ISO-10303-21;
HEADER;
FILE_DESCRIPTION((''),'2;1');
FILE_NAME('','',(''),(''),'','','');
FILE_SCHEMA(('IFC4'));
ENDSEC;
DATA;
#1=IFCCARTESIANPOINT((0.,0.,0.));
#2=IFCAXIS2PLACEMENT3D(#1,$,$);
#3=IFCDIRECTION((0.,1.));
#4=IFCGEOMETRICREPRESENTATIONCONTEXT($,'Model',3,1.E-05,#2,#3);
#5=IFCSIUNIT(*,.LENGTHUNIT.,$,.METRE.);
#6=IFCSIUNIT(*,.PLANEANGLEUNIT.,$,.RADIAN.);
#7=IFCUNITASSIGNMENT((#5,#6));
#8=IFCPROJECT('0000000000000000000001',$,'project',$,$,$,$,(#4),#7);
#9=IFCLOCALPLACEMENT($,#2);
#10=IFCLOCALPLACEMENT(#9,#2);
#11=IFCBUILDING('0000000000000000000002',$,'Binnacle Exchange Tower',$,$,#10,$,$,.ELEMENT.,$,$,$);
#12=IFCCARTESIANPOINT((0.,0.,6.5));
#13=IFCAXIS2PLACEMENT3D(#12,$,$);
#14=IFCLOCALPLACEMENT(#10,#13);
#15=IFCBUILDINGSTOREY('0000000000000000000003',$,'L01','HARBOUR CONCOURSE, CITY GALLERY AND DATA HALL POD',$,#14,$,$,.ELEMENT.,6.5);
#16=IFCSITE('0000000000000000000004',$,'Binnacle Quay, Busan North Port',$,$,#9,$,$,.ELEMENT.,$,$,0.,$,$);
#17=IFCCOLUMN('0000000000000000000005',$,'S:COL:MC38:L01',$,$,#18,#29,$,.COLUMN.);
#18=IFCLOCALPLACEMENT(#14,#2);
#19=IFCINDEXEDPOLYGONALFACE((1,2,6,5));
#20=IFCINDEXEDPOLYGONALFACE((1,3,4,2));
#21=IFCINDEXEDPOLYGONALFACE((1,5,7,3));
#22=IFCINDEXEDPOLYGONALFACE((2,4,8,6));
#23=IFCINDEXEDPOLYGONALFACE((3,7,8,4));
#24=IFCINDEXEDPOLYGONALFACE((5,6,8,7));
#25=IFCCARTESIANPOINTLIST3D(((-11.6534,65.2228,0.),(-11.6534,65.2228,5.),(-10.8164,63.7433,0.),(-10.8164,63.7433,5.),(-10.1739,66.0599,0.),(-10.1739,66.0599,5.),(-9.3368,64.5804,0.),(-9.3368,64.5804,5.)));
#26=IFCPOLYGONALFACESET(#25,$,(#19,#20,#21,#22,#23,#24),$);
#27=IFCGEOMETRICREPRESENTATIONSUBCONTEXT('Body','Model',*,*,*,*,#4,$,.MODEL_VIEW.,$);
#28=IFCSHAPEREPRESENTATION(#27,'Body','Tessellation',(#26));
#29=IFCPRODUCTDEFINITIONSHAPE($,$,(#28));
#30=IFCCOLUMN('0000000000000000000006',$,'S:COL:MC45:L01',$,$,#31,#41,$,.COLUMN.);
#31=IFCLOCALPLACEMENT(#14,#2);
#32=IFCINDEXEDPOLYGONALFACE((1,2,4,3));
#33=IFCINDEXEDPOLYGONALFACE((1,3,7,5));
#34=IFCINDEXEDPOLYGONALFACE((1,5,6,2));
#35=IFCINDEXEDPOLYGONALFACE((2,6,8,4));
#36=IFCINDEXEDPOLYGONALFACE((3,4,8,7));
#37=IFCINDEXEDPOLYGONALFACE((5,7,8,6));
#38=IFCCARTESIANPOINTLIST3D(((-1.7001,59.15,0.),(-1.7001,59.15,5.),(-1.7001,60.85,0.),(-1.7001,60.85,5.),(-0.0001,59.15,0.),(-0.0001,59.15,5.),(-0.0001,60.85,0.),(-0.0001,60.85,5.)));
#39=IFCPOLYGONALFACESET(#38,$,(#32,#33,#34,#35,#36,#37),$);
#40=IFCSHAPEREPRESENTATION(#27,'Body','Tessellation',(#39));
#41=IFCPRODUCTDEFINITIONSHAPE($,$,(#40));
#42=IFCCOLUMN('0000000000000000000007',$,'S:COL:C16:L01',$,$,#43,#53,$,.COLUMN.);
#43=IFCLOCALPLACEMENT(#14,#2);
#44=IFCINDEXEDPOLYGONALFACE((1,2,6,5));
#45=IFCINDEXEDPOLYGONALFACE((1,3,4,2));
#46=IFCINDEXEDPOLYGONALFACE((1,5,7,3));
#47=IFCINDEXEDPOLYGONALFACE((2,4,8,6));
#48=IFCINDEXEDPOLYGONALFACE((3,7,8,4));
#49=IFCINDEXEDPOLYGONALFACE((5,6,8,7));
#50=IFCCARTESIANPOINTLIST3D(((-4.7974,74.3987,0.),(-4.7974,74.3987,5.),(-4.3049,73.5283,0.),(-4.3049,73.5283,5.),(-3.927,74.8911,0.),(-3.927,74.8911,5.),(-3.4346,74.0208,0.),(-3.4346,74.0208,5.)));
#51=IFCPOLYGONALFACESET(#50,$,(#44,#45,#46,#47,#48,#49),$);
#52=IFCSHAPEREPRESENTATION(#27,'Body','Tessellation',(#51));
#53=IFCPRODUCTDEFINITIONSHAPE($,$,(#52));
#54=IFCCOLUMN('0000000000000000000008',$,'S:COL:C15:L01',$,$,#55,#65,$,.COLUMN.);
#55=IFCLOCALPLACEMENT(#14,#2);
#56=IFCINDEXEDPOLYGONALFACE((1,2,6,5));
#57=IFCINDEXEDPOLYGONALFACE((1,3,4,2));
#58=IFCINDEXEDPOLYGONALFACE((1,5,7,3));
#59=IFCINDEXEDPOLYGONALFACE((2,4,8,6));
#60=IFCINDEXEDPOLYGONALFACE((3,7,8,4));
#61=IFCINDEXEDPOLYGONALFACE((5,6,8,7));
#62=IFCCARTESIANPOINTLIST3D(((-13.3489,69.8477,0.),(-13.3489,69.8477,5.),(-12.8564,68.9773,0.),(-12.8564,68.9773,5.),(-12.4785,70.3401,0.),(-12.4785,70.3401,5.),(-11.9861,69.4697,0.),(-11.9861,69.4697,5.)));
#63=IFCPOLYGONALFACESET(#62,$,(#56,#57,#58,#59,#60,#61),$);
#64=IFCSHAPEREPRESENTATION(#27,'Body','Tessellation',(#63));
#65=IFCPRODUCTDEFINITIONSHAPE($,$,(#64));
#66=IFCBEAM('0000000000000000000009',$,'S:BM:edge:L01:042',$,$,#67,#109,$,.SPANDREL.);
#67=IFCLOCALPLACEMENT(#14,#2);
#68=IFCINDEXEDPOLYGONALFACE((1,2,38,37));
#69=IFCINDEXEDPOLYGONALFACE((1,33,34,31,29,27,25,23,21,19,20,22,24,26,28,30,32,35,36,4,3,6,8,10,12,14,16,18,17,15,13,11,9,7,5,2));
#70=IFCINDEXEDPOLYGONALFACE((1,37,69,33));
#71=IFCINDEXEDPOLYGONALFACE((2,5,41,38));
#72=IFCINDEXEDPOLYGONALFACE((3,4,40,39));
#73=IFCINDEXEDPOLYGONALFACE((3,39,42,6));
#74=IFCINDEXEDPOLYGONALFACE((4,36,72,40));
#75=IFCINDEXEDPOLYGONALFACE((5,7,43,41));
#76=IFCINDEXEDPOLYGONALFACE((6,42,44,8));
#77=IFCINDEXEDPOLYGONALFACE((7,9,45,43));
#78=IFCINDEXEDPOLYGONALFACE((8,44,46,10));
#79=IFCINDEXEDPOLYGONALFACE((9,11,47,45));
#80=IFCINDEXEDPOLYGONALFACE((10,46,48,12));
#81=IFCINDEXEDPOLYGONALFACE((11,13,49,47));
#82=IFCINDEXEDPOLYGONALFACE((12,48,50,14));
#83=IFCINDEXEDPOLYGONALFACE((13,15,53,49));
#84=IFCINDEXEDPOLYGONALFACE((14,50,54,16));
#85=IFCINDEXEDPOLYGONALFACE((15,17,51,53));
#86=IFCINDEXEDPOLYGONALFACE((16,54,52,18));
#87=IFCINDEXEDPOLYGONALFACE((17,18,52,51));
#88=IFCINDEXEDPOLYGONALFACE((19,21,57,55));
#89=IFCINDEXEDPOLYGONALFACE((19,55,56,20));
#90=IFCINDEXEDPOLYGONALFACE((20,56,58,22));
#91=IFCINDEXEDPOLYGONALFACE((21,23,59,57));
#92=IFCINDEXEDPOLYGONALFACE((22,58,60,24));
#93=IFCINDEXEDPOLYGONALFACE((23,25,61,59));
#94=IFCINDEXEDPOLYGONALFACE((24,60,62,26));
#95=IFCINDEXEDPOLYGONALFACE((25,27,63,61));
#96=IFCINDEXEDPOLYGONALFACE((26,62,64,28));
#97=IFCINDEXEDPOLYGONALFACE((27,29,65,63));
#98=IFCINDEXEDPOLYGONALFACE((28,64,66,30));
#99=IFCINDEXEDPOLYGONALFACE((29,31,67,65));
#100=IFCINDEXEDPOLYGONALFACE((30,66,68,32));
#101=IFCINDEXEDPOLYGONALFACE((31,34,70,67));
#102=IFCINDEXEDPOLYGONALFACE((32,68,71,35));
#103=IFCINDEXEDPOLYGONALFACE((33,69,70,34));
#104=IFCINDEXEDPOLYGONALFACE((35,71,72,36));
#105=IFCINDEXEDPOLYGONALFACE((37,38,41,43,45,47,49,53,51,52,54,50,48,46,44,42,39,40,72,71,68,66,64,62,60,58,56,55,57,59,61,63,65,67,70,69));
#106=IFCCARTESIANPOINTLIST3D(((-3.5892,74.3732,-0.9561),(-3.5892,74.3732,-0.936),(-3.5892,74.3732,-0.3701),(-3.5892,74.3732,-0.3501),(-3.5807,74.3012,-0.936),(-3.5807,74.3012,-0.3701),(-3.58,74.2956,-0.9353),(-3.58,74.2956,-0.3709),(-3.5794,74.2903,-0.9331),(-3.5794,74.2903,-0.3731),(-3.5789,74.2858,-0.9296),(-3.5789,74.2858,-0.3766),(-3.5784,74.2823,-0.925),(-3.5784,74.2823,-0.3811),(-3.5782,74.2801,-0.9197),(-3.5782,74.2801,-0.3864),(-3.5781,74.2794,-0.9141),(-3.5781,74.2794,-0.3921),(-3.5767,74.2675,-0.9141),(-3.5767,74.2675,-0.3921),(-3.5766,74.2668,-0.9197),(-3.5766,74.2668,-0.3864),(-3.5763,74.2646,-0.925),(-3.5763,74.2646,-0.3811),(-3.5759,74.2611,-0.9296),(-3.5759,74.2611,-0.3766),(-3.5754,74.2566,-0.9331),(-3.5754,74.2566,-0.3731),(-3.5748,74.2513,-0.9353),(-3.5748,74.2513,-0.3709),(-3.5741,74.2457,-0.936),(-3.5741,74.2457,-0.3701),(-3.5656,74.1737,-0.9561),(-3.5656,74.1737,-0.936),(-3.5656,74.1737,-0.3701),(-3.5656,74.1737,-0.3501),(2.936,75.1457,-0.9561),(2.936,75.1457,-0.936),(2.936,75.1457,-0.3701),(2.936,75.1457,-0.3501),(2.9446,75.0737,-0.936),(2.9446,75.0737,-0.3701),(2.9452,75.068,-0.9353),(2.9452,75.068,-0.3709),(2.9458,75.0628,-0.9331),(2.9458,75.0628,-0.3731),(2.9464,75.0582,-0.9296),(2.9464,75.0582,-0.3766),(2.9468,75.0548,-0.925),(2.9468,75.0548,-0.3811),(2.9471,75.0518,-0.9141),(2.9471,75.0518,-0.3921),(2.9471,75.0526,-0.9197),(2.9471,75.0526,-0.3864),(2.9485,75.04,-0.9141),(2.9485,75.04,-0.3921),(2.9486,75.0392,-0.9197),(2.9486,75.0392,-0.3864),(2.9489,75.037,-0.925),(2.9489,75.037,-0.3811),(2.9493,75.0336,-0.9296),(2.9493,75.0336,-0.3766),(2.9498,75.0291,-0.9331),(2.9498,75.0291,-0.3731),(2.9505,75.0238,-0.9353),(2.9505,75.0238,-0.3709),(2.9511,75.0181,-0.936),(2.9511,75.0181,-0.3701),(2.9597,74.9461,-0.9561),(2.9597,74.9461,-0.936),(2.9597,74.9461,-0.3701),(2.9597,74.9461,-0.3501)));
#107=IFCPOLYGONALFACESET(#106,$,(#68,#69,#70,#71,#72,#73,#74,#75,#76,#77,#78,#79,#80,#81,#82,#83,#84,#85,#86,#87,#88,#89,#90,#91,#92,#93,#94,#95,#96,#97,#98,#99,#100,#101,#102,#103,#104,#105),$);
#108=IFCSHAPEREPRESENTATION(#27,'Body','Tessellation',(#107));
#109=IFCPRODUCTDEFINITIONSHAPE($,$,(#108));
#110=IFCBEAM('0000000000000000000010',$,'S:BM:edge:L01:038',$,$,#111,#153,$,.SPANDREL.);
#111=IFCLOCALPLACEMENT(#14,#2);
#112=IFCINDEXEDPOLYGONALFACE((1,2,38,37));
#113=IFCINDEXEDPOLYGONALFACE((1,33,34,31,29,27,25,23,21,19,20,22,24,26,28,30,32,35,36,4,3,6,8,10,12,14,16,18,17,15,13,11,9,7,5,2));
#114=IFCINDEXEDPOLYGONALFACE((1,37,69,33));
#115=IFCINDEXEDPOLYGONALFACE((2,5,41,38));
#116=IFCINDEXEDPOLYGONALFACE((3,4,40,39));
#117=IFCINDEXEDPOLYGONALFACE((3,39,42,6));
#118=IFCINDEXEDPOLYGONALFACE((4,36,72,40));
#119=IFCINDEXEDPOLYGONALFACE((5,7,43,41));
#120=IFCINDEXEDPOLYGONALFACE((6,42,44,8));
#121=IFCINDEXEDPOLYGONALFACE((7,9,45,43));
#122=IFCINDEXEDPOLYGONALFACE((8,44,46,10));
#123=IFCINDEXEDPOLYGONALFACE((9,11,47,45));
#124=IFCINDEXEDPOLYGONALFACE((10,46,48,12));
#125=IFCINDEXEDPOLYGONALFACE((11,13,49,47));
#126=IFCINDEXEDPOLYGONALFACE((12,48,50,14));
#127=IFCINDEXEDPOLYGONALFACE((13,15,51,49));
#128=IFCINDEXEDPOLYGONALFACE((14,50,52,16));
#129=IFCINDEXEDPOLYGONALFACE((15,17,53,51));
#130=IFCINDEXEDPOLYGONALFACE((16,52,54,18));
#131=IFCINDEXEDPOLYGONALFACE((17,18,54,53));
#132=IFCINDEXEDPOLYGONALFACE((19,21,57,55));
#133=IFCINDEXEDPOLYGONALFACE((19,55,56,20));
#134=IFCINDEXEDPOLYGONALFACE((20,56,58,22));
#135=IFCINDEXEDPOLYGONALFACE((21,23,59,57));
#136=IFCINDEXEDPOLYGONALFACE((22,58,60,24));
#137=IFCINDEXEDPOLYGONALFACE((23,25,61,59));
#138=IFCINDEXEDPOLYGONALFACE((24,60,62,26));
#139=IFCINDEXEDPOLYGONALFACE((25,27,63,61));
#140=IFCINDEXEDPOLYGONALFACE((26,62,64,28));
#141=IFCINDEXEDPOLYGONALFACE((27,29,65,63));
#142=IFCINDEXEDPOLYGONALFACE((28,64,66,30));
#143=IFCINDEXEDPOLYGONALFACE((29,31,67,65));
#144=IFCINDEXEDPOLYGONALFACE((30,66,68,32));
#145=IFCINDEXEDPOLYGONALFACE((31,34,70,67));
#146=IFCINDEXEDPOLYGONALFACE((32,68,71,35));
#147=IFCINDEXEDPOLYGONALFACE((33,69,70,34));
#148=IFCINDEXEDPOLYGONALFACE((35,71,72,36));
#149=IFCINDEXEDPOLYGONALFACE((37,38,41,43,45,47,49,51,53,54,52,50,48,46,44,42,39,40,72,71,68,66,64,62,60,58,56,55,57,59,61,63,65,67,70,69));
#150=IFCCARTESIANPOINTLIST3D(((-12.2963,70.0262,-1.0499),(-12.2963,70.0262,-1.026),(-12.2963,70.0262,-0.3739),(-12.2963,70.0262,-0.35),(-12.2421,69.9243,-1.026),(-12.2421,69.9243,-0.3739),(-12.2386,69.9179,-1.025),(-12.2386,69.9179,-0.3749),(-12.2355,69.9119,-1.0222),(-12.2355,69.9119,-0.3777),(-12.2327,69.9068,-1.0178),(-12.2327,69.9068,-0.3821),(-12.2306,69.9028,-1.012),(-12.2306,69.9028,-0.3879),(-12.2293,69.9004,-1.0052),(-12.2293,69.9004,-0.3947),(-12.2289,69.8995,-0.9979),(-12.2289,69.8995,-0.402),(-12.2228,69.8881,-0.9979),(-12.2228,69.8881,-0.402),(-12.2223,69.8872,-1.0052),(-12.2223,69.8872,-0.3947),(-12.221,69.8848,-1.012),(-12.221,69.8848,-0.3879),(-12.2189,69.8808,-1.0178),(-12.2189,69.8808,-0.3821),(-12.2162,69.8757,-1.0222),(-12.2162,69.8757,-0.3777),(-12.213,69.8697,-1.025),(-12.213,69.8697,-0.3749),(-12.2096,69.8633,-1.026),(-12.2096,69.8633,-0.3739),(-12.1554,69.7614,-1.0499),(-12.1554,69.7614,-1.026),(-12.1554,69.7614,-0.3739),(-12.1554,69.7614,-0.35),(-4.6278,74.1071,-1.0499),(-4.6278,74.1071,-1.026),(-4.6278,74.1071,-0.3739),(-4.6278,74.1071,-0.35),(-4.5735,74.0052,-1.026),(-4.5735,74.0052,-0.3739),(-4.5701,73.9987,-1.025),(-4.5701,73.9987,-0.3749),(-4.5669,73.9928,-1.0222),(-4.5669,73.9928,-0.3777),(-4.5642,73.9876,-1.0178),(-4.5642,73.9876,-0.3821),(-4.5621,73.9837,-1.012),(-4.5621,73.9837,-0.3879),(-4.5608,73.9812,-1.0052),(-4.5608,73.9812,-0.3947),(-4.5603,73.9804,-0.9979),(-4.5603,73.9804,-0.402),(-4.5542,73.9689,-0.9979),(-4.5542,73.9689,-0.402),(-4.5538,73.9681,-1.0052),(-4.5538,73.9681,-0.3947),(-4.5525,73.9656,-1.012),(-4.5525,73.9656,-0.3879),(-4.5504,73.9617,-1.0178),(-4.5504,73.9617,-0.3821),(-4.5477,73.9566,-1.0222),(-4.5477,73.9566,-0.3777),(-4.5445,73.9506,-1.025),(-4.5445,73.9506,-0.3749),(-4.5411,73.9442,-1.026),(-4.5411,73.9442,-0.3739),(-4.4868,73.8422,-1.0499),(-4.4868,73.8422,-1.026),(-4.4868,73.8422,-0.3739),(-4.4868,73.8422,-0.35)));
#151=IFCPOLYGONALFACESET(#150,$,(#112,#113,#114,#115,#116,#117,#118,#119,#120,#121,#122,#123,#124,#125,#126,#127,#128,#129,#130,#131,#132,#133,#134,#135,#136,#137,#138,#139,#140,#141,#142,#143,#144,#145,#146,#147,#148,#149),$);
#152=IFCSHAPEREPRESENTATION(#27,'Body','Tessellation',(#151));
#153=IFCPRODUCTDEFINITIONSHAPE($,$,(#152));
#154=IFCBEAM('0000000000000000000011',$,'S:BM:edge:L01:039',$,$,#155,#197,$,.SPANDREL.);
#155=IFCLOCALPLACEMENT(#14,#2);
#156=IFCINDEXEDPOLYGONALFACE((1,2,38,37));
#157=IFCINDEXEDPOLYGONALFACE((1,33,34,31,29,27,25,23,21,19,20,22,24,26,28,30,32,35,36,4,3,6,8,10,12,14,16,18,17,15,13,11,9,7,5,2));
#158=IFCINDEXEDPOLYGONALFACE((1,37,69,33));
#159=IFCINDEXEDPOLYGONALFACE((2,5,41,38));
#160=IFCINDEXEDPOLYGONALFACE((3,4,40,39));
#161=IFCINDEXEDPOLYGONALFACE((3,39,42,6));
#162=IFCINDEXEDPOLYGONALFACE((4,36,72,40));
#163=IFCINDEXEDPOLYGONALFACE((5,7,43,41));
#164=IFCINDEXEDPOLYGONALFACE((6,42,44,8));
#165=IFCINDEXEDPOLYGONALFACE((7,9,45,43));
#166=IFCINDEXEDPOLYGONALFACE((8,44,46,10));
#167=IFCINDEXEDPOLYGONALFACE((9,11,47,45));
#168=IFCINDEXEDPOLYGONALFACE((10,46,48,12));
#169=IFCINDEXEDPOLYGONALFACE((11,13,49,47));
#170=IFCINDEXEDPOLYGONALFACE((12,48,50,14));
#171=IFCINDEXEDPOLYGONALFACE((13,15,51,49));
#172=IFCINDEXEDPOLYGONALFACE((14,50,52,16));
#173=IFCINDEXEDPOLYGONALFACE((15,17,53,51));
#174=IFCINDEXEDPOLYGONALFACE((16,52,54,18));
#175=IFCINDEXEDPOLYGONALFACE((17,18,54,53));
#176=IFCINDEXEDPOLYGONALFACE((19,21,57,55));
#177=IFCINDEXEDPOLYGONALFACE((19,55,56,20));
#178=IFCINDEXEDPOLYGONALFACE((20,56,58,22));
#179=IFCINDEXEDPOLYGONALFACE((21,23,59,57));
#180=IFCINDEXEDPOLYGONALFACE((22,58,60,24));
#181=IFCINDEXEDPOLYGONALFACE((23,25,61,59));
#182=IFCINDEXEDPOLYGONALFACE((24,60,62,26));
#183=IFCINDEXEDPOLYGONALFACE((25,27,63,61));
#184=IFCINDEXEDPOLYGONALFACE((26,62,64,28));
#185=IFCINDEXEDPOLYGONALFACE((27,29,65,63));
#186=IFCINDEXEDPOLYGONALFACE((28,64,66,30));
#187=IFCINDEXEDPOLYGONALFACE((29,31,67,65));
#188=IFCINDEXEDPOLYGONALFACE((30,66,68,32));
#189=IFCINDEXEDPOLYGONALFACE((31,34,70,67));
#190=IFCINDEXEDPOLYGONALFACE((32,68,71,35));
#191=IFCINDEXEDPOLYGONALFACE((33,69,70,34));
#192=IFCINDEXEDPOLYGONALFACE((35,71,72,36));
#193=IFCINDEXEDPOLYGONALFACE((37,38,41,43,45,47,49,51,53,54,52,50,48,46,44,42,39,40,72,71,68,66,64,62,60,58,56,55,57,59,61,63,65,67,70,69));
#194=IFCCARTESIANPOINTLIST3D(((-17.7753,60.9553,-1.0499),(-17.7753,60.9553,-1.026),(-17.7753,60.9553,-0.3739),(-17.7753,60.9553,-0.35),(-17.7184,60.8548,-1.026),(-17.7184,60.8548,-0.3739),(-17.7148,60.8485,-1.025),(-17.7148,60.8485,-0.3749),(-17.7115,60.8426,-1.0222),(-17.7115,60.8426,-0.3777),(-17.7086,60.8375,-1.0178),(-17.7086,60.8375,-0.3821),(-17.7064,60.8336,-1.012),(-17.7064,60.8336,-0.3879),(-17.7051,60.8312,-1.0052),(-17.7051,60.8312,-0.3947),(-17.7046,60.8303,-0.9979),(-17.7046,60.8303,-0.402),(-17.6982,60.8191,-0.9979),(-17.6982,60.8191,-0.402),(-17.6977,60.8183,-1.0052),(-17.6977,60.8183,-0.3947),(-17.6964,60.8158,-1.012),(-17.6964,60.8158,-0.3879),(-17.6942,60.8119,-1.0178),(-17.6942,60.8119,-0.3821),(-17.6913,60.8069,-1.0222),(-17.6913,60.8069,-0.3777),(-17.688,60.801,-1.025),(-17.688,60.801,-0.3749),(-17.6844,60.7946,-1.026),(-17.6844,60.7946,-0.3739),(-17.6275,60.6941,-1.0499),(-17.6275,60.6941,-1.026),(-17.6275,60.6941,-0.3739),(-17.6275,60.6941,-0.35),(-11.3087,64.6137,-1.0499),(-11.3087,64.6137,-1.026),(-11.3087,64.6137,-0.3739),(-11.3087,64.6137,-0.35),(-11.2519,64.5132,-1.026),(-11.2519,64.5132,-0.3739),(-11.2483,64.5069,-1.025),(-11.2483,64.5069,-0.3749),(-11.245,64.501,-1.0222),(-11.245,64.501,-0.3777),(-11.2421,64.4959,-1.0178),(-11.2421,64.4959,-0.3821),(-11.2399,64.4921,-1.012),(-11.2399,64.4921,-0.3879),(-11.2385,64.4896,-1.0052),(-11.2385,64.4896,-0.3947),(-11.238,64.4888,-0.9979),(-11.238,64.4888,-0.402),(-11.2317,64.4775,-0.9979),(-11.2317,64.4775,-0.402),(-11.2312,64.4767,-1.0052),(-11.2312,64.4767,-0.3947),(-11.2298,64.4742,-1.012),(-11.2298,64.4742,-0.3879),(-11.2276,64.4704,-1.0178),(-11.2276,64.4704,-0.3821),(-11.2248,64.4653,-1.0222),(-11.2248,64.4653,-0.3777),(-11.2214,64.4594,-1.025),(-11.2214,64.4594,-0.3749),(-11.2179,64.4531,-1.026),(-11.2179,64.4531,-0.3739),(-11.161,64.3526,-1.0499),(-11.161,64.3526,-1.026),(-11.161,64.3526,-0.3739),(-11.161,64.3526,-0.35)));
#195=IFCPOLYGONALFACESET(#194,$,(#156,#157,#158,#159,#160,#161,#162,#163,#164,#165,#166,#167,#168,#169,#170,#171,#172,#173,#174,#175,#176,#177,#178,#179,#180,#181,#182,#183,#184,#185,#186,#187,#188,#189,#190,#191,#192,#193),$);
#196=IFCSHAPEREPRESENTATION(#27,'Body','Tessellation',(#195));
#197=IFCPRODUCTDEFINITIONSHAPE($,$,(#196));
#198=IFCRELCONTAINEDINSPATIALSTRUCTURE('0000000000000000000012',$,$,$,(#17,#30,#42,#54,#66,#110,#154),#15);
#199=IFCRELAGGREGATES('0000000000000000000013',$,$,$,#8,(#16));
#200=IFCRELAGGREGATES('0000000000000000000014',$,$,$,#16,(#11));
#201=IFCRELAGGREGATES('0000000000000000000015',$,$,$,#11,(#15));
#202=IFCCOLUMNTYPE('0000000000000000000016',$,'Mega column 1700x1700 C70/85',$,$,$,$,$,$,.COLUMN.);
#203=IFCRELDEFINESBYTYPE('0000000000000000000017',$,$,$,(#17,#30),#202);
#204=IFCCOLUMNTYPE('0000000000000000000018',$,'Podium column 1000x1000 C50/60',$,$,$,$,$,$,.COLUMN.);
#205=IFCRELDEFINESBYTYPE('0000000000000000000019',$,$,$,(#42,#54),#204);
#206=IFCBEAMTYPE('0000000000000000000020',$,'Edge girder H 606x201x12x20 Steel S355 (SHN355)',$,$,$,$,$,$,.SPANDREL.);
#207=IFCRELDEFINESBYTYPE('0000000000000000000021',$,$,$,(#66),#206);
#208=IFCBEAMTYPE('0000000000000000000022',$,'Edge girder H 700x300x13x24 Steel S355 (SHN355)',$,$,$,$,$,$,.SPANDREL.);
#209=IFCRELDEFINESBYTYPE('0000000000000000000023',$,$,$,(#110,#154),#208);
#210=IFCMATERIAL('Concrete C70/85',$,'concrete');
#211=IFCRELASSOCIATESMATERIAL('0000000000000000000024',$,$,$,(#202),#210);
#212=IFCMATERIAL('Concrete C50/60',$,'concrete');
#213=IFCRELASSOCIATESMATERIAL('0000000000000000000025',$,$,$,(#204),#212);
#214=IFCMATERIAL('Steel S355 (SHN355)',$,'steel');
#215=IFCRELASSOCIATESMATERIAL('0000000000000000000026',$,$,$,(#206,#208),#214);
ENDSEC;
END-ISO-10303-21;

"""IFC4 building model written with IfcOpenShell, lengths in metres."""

from ifc_helpers import new_model, si_unit, direction, frame, origin, origin_2d, place, context, subcontext, project, spatial, rectangle, i_section, extrude, material, material_profile, profile_set, type_object, element, save


model = new_model("IFC4")

# Units and contexts
model_context = context("Model", 3, precision=1e-05, world=origin(), true_north=direction((0.0, 1.0)))
body_context = subcontext(model_context, "Body", "Model", "MODEL_VIEW")
ifc_project = project(units=[si_unit("LENGTHUNIT", "METRE"), si_unit("PLANEANGLEUNIT", "RADIAN")], contexts=[model_context])

# Site, building, storey
site_placement = place(None, origin())
site = spatial("IfcSite", under=ifc_project, at=site_placement, Name="Binnacle Quay, Busan North Port", CompositionType="ELEMENT", RefElevation=0.0)
building_placement = place(site_placement, origin())
building = spatial("IfcBuilding", under=site, at=building_placement, Name="Binnacle Exchange Tower", CompositionType="ELEMENT")
storey_placement = place(building_placement, frame((0.0, 0.0, 6.5)))
storey = spatial("IfcBuildingStorey", under=building, at=storey_placement, Name="L01", Description="HARBOUR CONCOURSE, CITY GALLERY AND DATA HALL POD", CompositionType="ELEMENT", Elevation=6.5)

# Columns
ifc_material_1 = material(Name="Concrete C70/85", Category="concrete")
ifc_material_profile_1 = material_profile(ifc_material_1, rectangle(XDim=1.7, YDim=1.7, at=origin_2d()), Name="Mega column 1700x1700 C70/85")
ifc_profile_set_1 = profile_set([ifc_material_profile_1], Name="Concrete C70/85")
column_type_1 = type_object("IfcColumnType", Name="Mega column 1700x1700 C70/85", PredefinedType="COLUMN", material=ifc_profile_set_1)
for number, where, z_axis, x_axis, name in (
    (1, (-10.4951, 64.9016, 0.0), (0.0, 0.0, 1.0), (-0.870356, -0.492424, 0.0), "S:COL:MC38:L01"),
    (2, (-0.8501, 60.0, 0.0), (0.0, 0.0, 1.0), (0.0, 1.0, 0.0), "S:COL:MC45:L01"),
):
    element("IfcColumn", number, at=place(storey_placement, frame(where, z_axis=z_axis, x_axis=x_axis)), inside=storey, type_object=column_type_1, Name=name, PredefinedType="COLUMN", context=body_context, shape_type="SweptSolid", body=[
        extrude(rectangle(XDim=1.7, YDim=1.7, at=origin_2d()), origin(), (0.0, 0.0, 1.0), 5.0),
    ])
ifc_material_2 = material(Name="Concrete C50/60", Category="concrete")
ifc_material_profile_2 = material_profile(ifc_material_2, rectangle(XDim=1.0, YDim=1.0, at=origin_2d()), Name="Podium column 1000x1000 C50/60")
ifc_profile_set_2 = profile_set([ifc_material_profile_2], Name="Concrete C50/60")
column_type_2 = type_object("IfcColumnType", Name="Podium column 1000x1000 C50/60", PredefinedType="COLUMN", material=ifc_profile_set_2)
for number, where, z_axis, x_axis, name in (
    (3, (-4.116, 74.2097, 0.0), (0.0, 0.0, 1.0), (-0.870356, -0.492424, 0.0), "S:COL:C16:L01"),
    (4, (-12.6675, 69.6587, 0.0), (0.0, 0.0, 1.0), (-0.870356, -0.492424, 0.0), "S:COL:C15:L01"),
):
    element("IfcColumn", number, at=place(storey_placement, frame(where, z_axis=z_axis, x_axis=x_axis)), inside=storey, type_object=column_type_2, Name=name, PredefinedType="COLUMN", context=body_context, shape_type="SweptSolid", body=[
        extrude(rectangle(XDim=1.0, YDim=1.0, at=origin_2d()), origin(), (0.0, 0.0, 1.0), 5.0),
    ])

# Beams
ifc_material_3 = material(Name="Steel S355 (SHN355)", Category="steel")
ifc_material_profile_3 = material_profile(ifc_material_3, i_section(OverallWidth=0.2009, OverallDepth=0.606, WebThickness=0.012, FlangeThickness=0.02, FilletRadius=0.022, at=origin_2d()), Name="H 606x201x12x20")
ifc_profile_set_3 = profile_set([ifc_material_profile_3], Name="Steel S355 (SHN355)")
beam_type_1 = type_object("IfcBeamType", Name="Edge girder H 606x201x12x20 Steel S355 (SHN355)", PredefinedType="SPANDREL", material=ifc_profile_set_3)
beam_1_placement = place(storey_placement, frame((-3.5774, 74.2734, -0.6531), z_axis=(0.993066, 0.117561, 0.0), x_axis=(-0.117561, 0.993066, 0.0)))
element("IfcBeam", 5, at=beam_1_placement, inside=storey, type_object=beam_type_1, Name="S:BM:edge:L01:042", PredefinedType="SPANDREL", context=body_context, shape_type="SweptSolid", body=[
    extrude(i_section(OverallWidth=0.2009, OverallDepth=0.606, WebThickness=0.012, FlangeThickness=0.02, FilletRadius=0.022, at=origin_2d()), origin(), (0.0, 0.0, 1.0), 6.5708),
])
ifc_material_profile_4 = material_profile(ifc_material_3, i_section(OverallWidth=0.3, OverallDepth=0.7, WebThickness=0.0129, FlangeThickness=0.0239, FilletRadius=0.0281, at=origin_2d()), Name="H 700x300x13x24")
ifc_profile_set_4 = profile_set([ifc_material_profile_4], Name="Steel S355 (SHN355)")
beam_type_2 = type_object("IfcBeamType", Name="Edge girder H 700x300x13x24 Steel S355 (SHN355)", PredefinedType="SPANDREL", material=ifc_profile_set_4)
beam_2_placement = place(storey_placement, frame((-12.2258, 69.8938, -0.7), z_axis=(0.882784, 0.469778, 0.0), x_axis=(-0.469778, 0.882784, 0.0)))
element("IfcBeam", 6, at=beam_2_placement, inside=storey, type_object=beam_type_2, Name="S:BM:edge:L01:038", PredefinedType="SPANDREL", context=body_context, shape_type="SweptSolid", body=[
    extrude(i_section(OverallWidth=0.3, OverallDepth=0.7, WebThickness=0.0129, FlangeThickness=0.0239, FilletRadius=0.0281, at=origin_2d()), origin(), (0.0, 0.0, 1.0), 8.6868),
])
beam_3_placement = place(storey_placement, frame((-11.2349, 64.4832, -0.7), z_axis=(-0.870364, -0.492408, 0.0), x_axis=(0.492408, -0.870364, 0.0)))
element("IfcBeam", 7, at=beam_3_placement, inside=storey, type_object=beam_type_2, Name="S:BM:edge:L01:039", PredefinedType="SPANDREL", context=body_context, shape_type="SweptSolid", body=[
    extrude(i_section(OverallWidth=0.3, OverallDepth=0.7, WebThickness=0.0129, FlangeThickness=0.0239, FilletRadius=0.0281, at=origin_2d()), origin(), (0.0, 0.0, 1.0), 7.4297),
])

save(model, "model.ifc")
